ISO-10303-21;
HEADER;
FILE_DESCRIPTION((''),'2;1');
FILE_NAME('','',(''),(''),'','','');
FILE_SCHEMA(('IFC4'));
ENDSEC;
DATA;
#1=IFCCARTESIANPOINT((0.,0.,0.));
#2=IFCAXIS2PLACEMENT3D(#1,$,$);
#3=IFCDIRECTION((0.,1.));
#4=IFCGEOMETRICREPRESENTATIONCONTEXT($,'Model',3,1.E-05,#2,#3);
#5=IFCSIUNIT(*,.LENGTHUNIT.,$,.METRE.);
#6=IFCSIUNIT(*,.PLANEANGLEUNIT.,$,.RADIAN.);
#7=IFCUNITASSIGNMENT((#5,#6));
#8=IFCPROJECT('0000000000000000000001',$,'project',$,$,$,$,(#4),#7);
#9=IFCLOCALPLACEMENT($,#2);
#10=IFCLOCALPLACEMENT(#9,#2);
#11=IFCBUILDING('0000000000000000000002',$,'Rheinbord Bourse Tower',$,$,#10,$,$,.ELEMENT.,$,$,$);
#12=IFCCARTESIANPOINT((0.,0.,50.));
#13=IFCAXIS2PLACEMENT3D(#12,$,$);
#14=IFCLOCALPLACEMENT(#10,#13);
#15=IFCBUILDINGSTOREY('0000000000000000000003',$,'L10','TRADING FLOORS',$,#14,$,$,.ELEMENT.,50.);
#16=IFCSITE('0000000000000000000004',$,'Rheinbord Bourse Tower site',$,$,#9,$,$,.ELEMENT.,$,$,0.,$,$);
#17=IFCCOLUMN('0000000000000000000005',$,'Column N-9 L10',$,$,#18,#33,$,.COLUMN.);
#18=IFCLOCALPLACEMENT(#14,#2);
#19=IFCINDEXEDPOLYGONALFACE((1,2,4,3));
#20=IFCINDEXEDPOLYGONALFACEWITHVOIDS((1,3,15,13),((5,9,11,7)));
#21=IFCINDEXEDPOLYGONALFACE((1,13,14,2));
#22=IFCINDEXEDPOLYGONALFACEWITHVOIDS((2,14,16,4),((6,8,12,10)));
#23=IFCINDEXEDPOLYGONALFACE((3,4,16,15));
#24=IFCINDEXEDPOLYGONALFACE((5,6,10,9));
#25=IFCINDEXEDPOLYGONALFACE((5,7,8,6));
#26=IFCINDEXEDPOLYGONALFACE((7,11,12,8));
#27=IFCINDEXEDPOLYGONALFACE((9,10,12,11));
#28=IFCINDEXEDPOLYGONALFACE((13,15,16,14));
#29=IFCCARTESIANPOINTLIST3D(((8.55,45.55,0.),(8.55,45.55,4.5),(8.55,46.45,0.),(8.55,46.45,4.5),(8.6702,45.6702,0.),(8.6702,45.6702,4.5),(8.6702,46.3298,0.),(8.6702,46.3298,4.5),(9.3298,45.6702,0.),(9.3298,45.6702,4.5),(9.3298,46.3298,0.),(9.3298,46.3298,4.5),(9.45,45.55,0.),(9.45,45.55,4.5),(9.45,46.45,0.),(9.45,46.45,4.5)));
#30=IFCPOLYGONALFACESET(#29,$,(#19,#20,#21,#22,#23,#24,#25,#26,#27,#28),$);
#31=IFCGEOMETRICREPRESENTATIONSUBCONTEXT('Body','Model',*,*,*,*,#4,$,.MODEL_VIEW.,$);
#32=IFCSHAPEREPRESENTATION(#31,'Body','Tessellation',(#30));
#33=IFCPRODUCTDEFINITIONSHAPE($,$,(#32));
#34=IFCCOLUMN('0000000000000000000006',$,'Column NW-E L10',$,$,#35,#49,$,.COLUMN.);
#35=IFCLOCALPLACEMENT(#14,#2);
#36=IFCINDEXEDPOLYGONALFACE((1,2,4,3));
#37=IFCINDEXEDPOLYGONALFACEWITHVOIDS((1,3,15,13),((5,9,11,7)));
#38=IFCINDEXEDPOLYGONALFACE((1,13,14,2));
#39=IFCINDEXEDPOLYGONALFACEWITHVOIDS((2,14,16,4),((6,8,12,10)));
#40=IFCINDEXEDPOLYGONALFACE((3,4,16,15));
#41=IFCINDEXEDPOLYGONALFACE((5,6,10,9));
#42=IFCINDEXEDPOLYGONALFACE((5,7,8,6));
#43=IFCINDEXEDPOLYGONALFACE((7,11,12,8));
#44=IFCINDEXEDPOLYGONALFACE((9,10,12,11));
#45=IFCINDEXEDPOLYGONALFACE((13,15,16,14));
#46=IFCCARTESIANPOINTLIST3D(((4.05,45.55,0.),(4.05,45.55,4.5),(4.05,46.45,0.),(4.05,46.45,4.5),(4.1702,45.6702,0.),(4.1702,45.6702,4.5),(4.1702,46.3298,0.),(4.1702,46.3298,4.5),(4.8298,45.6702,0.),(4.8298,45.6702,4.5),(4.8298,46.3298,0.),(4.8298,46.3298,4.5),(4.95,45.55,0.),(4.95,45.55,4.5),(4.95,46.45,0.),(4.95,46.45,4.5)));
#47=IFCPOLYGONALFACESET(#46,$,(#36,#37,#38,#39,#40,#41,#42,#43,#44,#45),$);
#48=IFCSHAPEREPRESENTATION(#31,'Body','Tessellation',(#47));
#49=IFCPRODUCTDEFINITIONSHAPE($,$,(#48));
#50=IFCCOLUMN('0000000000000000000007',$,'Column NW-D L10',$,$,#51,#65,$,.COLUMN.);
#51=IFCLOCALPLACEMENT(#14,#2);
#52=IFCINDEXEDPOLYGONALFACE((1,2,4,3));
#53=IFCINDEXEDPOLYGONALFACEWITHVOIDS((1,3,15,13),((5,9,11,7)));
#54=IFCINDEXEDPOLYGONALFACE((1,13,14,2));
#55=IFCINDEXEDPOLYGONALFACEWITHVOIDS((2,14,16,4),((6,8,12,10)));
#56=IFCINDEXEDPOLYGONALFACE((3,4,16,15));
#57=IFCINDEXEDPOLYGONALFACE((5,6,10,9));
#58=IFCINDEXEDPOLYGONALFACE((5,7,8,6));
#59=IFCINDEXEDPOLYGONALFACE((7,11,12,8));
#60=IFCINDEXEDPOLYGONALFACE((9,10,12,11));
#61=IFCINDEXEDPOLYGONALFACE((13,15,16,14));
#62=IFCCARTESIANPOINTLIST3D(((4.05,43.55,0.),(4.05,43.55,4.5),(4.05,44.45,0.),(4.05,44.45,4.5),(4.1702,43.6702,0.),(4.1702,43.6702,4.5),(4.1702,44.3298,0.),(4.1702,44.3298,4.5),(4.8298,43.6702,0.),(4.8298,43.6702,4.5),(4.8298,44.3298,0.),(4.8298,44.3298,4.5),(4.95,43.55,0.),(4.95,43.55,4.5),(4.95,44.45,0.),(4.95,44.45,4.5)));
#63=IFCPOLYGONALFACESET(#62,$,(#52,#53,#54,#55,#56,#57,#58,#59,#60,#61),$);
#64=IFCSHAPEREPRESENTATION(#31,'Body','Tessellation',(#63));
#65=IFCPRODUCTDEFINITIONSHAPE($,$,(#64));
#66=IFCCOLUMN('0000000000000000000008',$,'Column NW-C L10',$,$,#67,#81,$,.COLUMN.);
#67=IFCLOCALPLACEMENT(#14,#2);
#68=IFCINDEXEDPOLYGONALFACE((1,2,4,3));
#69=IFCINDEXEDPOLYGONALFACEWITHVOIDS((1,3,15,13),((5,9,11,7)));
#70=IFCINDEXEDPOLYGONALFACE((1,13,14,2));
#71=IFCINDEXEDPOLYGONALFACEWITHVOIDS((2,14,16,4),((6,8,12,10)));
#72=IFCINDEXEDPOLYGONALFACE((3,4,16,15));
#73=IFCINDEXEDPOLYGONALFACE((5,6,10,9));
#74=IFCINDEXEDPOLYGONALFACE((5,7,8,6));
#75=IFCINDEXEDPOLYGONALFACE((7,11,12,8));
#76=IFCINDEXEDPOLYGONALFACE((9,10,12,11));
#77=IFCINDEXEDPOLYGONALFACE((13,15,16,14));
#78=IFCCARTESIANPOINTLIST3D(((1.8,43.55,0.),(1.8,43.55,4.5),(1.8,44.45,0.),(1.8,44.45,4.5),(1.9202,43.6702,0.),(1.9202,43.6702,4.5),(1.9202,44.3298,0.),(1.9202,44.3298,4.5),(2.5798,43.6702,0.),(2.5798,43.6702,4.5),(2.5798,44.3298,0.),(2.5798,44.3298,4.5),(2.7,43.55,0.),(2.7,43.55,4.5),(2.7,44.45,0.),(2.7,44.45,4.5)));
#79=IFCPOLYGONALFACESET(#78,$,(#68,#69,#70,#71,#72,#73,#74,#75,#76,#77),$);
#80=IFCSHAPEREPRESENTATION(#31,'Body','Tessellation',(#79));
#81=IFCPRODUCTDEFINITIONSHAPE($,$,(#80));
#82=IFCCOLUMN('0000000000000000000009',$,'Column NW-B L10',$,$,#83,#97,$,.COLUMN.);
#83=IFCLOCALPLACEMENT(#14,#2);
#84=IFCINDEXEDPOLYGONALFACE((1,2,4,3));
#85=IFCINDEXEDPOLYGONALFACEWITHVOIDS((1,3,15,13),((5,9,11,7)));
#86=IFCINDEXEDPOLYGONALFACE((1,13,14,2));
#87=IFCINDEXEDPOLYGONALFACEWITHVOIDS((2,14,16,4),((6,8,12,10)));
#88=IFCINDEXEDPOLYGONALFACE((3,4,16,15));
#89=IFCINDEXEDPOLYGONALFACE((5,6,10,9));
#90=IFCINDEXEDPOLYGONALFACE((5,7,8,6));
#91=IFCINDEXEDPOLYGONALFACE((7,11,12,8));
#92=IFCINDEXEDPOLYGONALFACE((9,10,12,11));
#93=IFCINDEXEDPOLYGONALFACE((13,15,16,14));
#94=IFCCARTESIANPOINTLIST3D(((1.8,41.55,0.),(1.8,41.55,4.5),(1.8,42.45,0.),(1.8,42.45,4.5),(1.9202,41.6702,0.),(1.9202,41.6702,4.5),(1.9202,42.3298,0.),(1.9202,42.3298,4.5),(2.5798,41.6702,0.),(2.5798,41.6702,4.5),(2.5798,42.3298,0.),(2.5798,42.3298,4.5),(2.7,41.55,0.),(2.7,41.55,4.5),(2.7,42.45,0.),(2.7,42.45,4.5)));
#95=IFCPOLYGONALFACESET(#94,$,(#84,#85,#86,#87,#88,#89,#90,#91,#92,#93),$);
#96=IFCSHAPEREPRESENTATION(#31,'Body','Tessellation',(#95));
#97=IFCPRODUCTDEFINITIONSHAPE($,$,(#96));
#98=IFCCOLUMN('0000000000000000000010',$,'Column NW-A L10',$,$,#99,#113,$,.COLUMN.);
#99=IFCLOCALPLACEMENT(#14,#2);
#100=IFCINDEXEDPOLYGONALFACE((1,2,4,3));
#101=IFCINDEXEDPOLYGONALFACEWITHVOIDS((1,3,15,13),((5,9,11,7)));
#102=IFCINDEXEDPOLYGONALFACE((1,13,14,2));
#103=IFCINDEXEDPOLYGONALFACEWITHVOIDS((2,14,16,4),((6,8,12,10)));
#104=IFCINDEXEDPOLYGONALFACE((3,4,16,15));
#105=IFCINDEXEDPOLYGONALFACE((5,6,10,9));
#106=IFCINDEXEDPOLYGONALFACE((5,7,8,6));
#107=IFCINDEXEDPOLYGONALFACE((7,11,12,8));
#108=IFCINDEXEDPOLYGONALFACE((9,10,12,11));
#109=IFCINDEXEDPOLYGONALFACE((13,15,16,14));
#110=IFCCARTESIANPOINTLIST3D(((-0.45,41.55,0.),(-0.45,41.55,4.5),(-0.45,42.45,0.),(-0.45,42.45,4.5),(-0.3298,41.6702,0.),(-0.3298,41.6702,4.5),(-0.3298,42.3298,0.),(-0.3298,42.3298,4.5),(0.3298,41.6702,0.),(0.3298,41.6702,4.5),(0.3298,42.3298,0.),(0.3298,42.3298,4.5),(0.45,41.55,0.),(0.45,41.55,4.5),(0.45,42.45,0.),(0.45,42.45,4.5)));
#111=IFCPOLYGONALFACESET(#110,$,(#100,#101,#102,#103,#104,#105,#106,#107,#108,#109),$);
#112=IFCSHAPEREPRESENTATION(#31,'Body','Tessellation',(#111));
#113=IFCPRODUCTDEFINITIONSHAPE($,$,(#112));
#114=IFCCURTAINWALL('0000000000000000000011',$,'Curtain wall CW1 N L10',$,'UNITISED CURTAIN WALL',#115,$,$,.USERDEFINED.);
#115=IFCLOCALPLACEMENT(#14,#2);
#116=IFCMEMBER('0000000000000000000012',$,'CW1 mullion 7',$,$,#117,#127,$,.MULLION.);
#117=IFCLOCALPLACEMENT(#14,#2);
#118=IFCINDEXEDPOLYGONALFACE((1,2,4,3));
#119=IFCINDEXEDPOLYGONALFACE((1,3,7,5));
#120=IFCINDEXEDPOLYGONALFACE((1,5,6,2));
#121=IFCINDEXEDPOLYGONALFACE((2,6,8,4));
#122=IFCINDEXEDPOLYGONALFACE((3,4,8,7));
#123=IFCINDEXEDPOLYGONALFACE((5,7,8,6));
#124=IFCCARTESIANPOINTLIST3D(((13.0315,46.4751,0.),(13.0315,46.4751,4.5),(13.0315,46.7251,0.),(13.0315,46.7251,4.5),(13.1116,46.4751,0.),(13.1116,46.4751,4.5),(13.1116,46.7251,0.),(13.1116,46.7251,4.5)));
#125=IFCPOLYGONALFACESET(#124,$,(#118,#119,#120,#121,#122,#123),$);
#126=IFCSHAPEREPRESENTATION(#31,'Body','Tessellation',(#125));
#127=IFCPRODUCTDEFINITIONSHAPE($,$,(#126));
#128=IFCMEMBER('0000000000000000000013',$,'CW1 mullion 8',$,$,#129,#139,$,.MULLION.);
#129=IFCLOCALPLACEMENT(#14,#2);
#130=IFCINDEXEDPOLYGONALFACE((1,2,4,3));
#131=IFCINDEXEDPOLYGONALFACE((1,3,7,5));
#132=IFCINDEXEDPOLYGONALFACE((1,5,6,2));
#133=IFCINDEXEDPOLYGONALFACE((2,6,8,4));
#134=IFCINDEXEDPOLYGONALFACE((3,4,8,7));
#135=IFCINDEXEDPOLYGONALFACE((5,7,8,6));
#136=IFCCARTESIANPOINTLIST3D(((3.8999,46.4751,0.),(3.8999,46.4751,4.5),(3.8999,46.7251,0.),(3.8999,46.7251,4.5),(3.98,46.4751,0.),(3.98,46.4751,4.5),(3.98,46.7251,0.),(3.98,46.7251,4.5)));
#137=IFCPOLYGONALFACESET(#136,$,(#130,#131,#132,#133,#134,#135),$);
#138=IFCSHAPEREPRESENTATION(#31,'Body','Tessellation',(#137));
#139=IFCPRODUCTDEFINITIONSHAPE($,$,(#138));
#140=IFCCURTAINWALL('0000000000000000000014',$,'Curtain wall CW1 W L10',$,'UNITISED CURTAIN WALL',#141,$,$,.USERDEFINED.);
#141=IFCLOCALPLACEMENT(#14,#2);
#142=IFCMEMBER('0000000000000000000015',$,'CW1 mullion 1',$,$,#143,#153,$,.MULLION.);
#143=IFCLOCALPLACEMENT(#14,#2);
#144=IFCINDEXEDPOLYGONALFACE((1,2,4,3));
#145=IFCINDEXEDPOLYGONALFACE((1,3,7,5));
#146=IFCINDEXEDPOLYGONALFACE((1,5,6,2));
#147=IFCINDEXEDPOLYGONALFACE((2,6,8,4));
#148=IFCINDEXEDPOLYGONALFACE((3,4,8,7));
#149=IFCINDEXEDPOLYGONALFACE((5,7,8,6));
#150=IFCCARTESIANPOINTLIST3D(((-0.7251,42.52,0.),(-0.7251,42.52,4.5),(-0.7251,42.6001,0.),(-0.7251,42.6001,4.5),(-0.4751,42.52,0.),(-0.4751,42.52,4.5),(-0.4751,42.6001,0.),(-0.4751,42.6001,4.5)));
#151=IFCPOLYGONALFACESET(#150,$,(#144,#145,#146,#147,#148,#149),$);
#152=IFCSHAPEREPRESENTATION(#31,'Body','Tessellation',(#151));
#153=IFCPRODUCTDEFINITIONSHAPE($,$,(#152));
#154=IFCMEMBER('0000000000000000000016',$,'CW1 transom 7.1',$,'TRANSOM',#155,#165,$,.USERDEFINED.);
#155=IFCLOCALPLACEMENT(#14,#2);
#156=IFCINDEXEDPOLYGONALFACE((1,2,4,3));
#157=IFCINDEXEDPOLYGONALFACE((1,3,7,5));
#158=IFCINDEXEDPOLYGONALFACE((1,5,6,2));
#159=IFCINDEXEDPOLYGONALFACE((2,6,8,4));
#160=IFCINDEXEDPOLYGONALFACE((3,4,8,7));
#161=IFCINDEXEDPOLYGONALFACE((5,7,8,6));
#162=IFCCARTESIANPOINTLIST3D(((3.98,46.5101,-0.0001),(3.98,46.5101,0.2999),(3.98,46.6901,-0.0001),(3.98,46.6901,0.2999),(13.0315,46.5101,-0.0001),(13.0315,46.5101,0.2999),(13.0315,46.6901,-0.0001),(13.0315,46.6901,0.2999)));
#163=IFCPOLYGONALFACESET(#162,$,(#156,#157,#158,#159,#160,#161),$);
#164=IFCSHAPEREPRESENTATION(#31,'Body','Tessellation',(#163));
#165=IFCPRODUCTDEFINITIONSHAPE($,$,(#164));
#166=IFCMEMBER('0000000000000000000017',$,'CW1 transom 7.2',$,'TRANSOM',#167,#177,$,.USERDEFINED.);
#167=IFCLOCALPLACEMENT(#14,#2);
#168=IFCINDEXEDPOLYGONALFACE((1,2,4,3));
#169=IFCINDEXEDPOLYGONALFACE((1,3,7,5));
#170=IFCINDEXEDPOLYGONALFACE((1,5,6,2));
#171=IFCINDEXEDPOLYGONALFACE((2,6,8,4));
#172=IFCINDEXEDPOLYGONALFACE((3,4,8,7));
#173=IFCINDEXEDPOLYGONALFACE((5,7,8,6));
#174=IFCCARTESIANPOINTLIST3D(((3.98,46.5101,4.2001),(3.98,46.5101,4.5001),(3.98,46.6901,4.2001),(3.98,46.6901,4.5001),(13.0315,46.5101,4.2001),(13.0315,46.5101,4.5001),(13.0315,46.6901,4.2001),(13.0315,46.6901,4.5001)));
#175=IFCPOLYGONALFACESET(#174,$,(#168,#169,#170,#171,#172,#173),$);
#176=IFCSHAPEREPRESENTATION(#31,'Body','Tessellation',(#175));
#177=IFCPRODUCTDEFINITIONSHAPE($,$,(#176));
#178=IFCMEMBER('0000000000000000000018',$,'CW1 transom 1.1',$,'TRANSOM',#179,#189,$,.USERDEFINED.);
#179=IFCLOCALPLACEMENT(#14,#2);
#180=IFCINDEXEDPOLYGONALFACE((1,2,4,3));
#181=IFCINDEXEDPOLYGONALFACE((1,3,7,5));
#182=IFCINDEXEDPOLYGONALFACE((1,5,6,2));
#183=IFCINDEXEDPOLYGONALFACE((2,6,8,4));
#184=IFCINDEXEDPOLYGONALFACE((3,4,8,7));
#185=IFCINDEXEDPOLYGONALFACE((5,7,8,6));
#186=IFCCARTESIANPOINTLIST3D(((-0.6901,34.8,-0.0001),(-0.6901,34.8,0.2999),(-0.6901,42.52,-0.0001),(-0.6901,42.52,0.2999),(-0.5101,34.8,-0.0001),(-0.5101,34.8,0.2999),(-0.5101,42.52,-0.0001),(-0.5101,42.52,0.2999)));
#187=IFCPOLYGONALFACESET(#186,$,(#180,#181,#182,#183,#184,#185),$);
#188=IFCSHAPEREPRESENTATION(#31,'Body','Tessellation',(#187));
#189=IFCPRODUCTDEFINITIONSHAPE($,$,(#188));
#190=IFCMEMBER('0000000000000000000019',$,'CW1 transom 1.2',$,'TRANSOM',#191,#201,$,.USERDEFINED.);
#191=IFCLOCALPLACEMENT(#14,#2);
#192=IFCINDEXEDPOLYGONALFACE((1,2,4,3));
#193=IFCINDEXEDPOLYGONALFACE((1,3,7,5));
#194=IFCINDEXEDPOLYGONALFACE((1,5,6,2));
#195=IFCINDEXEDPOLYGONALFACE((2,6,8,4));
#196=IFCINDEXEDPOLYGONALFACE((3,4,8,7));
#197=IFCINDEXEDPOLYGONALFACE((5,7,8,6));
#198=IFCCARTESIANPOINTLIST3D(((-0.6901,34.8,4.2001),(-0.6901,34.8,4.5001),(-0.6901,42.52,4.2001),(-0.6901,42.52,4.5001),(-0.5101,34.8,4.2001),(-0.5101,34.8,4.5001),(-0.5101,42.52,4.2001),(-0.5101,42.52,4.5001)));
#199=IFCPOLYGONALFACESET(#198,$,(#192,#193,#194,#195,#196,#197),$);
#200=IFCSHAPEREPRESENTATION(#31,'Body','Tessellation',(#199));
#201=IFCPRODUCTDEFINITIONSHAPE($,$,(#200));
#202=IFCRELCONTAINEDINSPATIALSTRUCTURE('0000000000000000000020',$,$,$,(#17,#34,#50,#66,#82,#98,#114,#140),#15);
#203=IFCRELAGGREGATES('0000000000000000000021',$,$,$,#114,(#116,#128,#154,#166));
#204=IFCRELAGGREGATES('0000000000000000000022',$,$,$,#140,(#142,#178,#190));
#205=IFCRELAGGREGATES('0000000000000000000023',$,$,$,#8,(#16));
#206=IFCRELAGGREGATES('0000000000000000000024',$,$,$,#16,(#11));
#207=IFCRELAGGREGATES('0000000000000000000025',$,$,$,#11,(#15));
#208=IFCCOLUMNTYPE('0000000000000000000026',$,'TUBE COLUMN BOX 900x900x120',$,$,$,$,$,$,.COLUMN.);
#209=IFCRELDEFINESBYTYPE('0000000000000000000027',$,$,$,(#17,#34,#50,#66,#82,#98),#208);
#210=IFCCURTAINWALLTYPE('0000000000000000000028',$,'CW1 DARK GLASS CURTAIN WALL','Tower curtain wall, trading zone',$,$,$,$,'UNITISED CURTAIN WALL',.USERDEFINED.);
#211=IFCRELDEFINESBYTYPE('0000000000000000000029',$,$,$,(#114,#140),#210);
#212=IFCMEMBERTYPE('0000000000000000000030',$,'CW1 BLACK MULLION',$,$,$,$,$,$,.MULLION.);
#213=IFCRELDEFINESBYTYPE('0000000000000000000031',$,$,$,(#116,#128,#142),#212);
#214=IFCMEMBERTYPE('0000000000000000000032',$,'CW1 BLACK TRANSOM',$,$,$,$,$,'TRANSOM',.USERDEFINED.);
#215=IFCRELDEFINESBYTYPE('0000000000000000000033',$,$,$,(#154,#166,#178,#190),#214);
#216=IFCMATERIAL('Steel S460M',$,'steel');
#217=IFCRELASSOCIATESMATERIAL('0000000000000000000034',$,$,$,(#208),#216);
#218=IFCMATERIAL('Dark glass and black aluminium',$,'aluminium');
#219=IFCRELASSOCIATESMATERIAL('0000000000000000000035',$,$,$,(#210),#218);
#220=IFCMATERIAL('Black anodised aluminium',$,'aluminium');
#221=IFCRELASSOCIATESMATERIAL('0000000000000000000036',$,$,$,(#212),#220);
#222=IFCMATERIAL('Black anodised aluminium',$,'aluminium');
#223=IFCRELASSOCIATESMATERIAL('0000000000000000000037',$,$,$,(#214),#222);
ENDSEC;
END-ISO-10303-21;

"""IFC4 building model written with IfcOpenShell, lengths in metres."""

from ifc_helpers import new_model, si_unit, direction, frame, origin, origin_2d, place, context, subcontext, project, spatial, rectangle, hollow_rectangle, extrude, material, material_profile, profile_set, type_object, element, aggregate, save


model = new_model("IFC4")

# Units and contexts
model_context = context("Model", 3, precision=1e-05, world=origin(), true_north=direction((0.0, 1.0)))
body_context = subcontext(model_context, "Body", "Model", "MODEL_VIEW")
ifc_project = project(units=[si_unit("LENGTHUNIT", "METRE"), si_unit("PLANEANGLEUNIT", "RADIAN")], contexts=[model_context])

# Site, building, storey
site_placement = place(None, origin())
site = spatial("IfcSite", under=ifc_project, at=site_placement, Name="Rheinbord Bourse Tower site", CompositionType="ELEMENT", RefElevation=0.0)
building_placement = place(site_placement, origin())
building = spatial("IfcBuilding", under=site, at=building_placement, Name="Rheinbord Bourse Tower", CompositionType="ELEMENT")
storey_placement = place(building_placement, frame((0.0, 0.0, 50.0)))
storey = spatial("IfcBuildingStorey", under=building, at=storey_placement, Name="L10", Description="TRADING FLOORS", CompositionType="ELEMENT", Elevation=50.0)

# Columns
ifc_material_1 = material(Name="Steel S460M", Category="steel")
ifc_material_profile_1 = material_profile(ifc_material_1, hollow_rectangle(XDim=0.8999, YDim=0.8999, WallThickness=0.1201, at=origin_2d()), Name="BOX 900x900x120")
ifc_profile_set_1 = profile_set([ifc_material_profile_1], Name="Steel S460M")
column_type = type_object("IfcColumnType", Name="TUBE COLUMN BOX 900x900x120", PredefinedType="COLUMN", material=ifc_profile_set_1)
for number, where, z_axis, x_axis, name in (
    (1, (9.0, 46.0, 0.0), (0.0, 0.0, 1.0), (0.0, 1.0, 0.0), "Column N-9 L10"),
    (2, (4.5, 46.0, 0.0), (0.0, 0.0, 1.0), (0.0, 1.0, 0.0), "Column NW-E L10"),
    (3, (4.5, 44.0, 0.0), (0.0, 0.0, 1.0), (0.0, 1.0, 0.0), "Column NW-D L10"),
    (4, (2.25, 44.0, 0.0), (0.0, 0.0, 1.0), (1.0, 0.0, 0.0), "Column NW-C L10"),
    (5, (2.25, 42.0, 0.0), (0.0, 0.0, 1.0), (1.0, 0.0, 0.0), "Column NW-B L10"),
    (6, (0.0, 42.0, 0.0), (0.0, 0.0, 1.0), (1.0, 0.0, 0.0), "Column NW-A L10"),
):
    element("IfcColumn", number, at=place(storey_placement, frame(where, z_axis=z_axis, x_axis=x_axis)), inside=storey, type_object=column_type, Name=name, PredefinedType="COLUMN", context=body_context, shape_type="SweptSolid", body=[
        extrude(hollow_rectangle(XDim=0.8999, YDim=0.8999, WallThickness=0.1201, at=origin_2d()), origin(), (0.0, 0.0, 1.0), 4.5),
    ])

# Curtain wall, members
ifc_material_2 = material(Name="Dark glass and black aluminium", Category="aluminium")
curtain_wall_type = type_object("IfcCurtainWallType", Name="CW1 DARK GLASS CURTAIN WALL", Description="Tower curtain wall, trading zone", ElementType="UNITISED CURTAIN WALL", PredefinedType="USERDEFINED", material=ifc_material_2)
curtain_wall_1_placement = place(storey_placement, origin())
curtain_wall_1 = element("IfcCurtainWall", 7, at=curtain_wall_1_placement, inside=storey, type_object=curtain_wall_type, Name="Curtain wall CW1 N L10", ObjectType="UNITISED CURTAIN WALL", PredefinedType="USERDEFINED")
ifc_material_3 = material(Name="Black anodised aluminium", Category="aluminium")
ifc_material_profile_2 = material_profile(ifc_material_3, rectangle(XDim=0.25, YDim=0.0801, at=origin_2d()), Name="CW1 MULLION 80x250")
ifc_profile_set_2 = profile_set([ifc_material_profile_2], Name="Black anodised aluminium")
member_type_1 = type_object("IfcMemberType", Name="CW1 BLACK MULLION", PredefinedType="MULLION", material=ifc_profile_set_2)
member_1_placement = place(storey_placement, frame((13.0715, 46.6001, 0.0), z_axis=(0.0, 0.0, 1.0), x_axis=(0.0, -1.0, 0.0)))
member_1 = element("IfcMember", 8, at=member_1_placement, type_object=member_type_1, Name="CW1 mullion 7", PredefinedType="MULLION", context=body_context, shape_type="SweptSolid", body=[
    extrude(rectangle(XDim=0.25, YDim=0.0801, at=origin_2d()), origin(), (0.0, 0.0, 1.0), 4.5),
])
member_2_placement = place(storey_placement, frame((3.9399, 46.6001, 0.0), z_axis=(0.0, 0.0, 1.0), x_axis=(0.0, -1.0, 0.0)))
member_2 = element("IfcMember", 9, at=member_2_placement, type_object=member_type_1, Name="CW1 mullion 8", PredefinedType="MULLION", context=body_context, shape_type="SweptSolid", body=[
    extrude(rectangle(XDim=0.25, YDim=0.0801, at=origin_2d()), origin(), (0.0, 0.0, 1.0), 4.5),
])

# Curtain wall, member
curtain_wall_2_placement = place(storey_placement, origin())
curtain_wall_2 = element("IfcCurtainWall", 10, at=curtain_wall_2_placement, inside=storey, type_object=curtain_wall_type, Name="Curtain wall CW1 W L10", ObjectType="UNITISED CURTAIN WALL", PredefinedType="USERDEFINED")
member_3_placement = place(storey_placement, frame((-0.6001, 42.5601, 0.0), z_axis=(0.0, 0.0, 1.0), x_axis=(1.0, 0.0, 0.0)))
member_3 = element("IfcMember", 11, at=member_3_placement, type_object=member_type_1, Name="CW1 mullion 1", PredefinedType="MULLION", context=body_context, shape_type="SweptSolid", body=[
    extrude(rectangle(XDim=0.25, YDim=0.0801, at=origin_2d()), origin(), (0.0, 0.0, 1.0), 4.5),
])

# Members
ifc_material_4 = material(Name="Black anodised aluminium", Category="aluminium")
ifc_material_profile_3 = material_profile(ifc_material_4, rectangle(XDim=0.1799, YDim=0.3, at=origin_2d()), Name="CW1 TRANSOM 300x180")
ifc_profile_set_3 = profile_set([ifc_material_profile_3], Name="Black anodised aluminium")
member_type_2 = type_object("IfcMemberType", Name="CW1 BLACK TRANSOM", ElementType="TRANSOM", PredefinedType="USERDEFINED", material=ifc_profile_set_3)
member_4_placement = place(storey_placement, frame((13.0315, 46.6001, 0.1499), z_axis=(-1.0, 0.0, 0.0), x_axis=(0.0, -1.0, 0.0)))
member_4 = element("IfcMember", 12, at=member_4_placement, type_object=member_type_2, Name="CW1 transom 7.1", ObjectType="TRANSOM", PredefinedType="USERDEFINED", context=body_context, shape_type="SweptSolid", body=[
    extrude(rectangle(XDim=0.1799, YDim=0.3, at=origin_2d()), origin(), (0.0, 0.0, 1.0), 9.0515),
])
member_5_placement = place(storey_placement, frame((13.0315, 46.6001, 4.3501), z_axis=(-1.0, 0.0, 0.0), x_axis=(0.0, -1.0, 0.0)))
member_5 = element("IfcMember", 13, at=member_5_placement, type_object=member_type_2, Name="CW1 transom 7.2", ObjectType="TRANSOM", PredefinedType="USERDEFINED", context=body_context, shape_type="SweptSolid", body=[
    extrude(rectangle(XDim=0.1799, YDim=0.3, at=origin_2d()), origin(), (0.0, 0.0, 1.0), 9.0515),
])
member_6_placement = place(storey_placement, frame((-0.6001, 42.52, 0.1499), z_axis=(0.0, -1.0, 0.0), x_axis=(1.0, 0.0, 0.0)))
member_6 = element("IfcMember", 14, at=member_6_placement, type_object=member_type_2, Name="CW1 transom 1.1", ObjectType="TRANSOM", PredefinedType="USERDEFINED", context=body_context, shape_type="SweptSolid", body=[
    extrude(rectangle(XDim=0.1799, YDim=0.3, at=origin_2d()), origin(), (0.0, 0.0, 1.0), 7.72),
])
member_7_placement = place(storey_placement, frame((-0.6001, 42.52, 4.3501), z_axis=(0.0, -1.0, 0.0), x_axis=(1.0, 0.0, 0.0)))
member_7 = element("IfcMember", 15, at=member_7_placement, type_object=member_type_2, Name="CW1 transom 1.2", ObjectType="TRANSOM", PredefinedType="USERDEFINED", context=body_context, shape_type="SweptSolid", body=[
    extrude(rectangle(XDim=0.1799, YDim=0.3, at=origin_2d()), origin(), (0.0, 0.0, 1.0), 7.72),
])

aggregate(curtain_wall_1, [member_1, member_2, member_4, member_5])
aggregate(curtain_wall_2, [member_3, member_6, member_7])

save(model, "model.ifc")
